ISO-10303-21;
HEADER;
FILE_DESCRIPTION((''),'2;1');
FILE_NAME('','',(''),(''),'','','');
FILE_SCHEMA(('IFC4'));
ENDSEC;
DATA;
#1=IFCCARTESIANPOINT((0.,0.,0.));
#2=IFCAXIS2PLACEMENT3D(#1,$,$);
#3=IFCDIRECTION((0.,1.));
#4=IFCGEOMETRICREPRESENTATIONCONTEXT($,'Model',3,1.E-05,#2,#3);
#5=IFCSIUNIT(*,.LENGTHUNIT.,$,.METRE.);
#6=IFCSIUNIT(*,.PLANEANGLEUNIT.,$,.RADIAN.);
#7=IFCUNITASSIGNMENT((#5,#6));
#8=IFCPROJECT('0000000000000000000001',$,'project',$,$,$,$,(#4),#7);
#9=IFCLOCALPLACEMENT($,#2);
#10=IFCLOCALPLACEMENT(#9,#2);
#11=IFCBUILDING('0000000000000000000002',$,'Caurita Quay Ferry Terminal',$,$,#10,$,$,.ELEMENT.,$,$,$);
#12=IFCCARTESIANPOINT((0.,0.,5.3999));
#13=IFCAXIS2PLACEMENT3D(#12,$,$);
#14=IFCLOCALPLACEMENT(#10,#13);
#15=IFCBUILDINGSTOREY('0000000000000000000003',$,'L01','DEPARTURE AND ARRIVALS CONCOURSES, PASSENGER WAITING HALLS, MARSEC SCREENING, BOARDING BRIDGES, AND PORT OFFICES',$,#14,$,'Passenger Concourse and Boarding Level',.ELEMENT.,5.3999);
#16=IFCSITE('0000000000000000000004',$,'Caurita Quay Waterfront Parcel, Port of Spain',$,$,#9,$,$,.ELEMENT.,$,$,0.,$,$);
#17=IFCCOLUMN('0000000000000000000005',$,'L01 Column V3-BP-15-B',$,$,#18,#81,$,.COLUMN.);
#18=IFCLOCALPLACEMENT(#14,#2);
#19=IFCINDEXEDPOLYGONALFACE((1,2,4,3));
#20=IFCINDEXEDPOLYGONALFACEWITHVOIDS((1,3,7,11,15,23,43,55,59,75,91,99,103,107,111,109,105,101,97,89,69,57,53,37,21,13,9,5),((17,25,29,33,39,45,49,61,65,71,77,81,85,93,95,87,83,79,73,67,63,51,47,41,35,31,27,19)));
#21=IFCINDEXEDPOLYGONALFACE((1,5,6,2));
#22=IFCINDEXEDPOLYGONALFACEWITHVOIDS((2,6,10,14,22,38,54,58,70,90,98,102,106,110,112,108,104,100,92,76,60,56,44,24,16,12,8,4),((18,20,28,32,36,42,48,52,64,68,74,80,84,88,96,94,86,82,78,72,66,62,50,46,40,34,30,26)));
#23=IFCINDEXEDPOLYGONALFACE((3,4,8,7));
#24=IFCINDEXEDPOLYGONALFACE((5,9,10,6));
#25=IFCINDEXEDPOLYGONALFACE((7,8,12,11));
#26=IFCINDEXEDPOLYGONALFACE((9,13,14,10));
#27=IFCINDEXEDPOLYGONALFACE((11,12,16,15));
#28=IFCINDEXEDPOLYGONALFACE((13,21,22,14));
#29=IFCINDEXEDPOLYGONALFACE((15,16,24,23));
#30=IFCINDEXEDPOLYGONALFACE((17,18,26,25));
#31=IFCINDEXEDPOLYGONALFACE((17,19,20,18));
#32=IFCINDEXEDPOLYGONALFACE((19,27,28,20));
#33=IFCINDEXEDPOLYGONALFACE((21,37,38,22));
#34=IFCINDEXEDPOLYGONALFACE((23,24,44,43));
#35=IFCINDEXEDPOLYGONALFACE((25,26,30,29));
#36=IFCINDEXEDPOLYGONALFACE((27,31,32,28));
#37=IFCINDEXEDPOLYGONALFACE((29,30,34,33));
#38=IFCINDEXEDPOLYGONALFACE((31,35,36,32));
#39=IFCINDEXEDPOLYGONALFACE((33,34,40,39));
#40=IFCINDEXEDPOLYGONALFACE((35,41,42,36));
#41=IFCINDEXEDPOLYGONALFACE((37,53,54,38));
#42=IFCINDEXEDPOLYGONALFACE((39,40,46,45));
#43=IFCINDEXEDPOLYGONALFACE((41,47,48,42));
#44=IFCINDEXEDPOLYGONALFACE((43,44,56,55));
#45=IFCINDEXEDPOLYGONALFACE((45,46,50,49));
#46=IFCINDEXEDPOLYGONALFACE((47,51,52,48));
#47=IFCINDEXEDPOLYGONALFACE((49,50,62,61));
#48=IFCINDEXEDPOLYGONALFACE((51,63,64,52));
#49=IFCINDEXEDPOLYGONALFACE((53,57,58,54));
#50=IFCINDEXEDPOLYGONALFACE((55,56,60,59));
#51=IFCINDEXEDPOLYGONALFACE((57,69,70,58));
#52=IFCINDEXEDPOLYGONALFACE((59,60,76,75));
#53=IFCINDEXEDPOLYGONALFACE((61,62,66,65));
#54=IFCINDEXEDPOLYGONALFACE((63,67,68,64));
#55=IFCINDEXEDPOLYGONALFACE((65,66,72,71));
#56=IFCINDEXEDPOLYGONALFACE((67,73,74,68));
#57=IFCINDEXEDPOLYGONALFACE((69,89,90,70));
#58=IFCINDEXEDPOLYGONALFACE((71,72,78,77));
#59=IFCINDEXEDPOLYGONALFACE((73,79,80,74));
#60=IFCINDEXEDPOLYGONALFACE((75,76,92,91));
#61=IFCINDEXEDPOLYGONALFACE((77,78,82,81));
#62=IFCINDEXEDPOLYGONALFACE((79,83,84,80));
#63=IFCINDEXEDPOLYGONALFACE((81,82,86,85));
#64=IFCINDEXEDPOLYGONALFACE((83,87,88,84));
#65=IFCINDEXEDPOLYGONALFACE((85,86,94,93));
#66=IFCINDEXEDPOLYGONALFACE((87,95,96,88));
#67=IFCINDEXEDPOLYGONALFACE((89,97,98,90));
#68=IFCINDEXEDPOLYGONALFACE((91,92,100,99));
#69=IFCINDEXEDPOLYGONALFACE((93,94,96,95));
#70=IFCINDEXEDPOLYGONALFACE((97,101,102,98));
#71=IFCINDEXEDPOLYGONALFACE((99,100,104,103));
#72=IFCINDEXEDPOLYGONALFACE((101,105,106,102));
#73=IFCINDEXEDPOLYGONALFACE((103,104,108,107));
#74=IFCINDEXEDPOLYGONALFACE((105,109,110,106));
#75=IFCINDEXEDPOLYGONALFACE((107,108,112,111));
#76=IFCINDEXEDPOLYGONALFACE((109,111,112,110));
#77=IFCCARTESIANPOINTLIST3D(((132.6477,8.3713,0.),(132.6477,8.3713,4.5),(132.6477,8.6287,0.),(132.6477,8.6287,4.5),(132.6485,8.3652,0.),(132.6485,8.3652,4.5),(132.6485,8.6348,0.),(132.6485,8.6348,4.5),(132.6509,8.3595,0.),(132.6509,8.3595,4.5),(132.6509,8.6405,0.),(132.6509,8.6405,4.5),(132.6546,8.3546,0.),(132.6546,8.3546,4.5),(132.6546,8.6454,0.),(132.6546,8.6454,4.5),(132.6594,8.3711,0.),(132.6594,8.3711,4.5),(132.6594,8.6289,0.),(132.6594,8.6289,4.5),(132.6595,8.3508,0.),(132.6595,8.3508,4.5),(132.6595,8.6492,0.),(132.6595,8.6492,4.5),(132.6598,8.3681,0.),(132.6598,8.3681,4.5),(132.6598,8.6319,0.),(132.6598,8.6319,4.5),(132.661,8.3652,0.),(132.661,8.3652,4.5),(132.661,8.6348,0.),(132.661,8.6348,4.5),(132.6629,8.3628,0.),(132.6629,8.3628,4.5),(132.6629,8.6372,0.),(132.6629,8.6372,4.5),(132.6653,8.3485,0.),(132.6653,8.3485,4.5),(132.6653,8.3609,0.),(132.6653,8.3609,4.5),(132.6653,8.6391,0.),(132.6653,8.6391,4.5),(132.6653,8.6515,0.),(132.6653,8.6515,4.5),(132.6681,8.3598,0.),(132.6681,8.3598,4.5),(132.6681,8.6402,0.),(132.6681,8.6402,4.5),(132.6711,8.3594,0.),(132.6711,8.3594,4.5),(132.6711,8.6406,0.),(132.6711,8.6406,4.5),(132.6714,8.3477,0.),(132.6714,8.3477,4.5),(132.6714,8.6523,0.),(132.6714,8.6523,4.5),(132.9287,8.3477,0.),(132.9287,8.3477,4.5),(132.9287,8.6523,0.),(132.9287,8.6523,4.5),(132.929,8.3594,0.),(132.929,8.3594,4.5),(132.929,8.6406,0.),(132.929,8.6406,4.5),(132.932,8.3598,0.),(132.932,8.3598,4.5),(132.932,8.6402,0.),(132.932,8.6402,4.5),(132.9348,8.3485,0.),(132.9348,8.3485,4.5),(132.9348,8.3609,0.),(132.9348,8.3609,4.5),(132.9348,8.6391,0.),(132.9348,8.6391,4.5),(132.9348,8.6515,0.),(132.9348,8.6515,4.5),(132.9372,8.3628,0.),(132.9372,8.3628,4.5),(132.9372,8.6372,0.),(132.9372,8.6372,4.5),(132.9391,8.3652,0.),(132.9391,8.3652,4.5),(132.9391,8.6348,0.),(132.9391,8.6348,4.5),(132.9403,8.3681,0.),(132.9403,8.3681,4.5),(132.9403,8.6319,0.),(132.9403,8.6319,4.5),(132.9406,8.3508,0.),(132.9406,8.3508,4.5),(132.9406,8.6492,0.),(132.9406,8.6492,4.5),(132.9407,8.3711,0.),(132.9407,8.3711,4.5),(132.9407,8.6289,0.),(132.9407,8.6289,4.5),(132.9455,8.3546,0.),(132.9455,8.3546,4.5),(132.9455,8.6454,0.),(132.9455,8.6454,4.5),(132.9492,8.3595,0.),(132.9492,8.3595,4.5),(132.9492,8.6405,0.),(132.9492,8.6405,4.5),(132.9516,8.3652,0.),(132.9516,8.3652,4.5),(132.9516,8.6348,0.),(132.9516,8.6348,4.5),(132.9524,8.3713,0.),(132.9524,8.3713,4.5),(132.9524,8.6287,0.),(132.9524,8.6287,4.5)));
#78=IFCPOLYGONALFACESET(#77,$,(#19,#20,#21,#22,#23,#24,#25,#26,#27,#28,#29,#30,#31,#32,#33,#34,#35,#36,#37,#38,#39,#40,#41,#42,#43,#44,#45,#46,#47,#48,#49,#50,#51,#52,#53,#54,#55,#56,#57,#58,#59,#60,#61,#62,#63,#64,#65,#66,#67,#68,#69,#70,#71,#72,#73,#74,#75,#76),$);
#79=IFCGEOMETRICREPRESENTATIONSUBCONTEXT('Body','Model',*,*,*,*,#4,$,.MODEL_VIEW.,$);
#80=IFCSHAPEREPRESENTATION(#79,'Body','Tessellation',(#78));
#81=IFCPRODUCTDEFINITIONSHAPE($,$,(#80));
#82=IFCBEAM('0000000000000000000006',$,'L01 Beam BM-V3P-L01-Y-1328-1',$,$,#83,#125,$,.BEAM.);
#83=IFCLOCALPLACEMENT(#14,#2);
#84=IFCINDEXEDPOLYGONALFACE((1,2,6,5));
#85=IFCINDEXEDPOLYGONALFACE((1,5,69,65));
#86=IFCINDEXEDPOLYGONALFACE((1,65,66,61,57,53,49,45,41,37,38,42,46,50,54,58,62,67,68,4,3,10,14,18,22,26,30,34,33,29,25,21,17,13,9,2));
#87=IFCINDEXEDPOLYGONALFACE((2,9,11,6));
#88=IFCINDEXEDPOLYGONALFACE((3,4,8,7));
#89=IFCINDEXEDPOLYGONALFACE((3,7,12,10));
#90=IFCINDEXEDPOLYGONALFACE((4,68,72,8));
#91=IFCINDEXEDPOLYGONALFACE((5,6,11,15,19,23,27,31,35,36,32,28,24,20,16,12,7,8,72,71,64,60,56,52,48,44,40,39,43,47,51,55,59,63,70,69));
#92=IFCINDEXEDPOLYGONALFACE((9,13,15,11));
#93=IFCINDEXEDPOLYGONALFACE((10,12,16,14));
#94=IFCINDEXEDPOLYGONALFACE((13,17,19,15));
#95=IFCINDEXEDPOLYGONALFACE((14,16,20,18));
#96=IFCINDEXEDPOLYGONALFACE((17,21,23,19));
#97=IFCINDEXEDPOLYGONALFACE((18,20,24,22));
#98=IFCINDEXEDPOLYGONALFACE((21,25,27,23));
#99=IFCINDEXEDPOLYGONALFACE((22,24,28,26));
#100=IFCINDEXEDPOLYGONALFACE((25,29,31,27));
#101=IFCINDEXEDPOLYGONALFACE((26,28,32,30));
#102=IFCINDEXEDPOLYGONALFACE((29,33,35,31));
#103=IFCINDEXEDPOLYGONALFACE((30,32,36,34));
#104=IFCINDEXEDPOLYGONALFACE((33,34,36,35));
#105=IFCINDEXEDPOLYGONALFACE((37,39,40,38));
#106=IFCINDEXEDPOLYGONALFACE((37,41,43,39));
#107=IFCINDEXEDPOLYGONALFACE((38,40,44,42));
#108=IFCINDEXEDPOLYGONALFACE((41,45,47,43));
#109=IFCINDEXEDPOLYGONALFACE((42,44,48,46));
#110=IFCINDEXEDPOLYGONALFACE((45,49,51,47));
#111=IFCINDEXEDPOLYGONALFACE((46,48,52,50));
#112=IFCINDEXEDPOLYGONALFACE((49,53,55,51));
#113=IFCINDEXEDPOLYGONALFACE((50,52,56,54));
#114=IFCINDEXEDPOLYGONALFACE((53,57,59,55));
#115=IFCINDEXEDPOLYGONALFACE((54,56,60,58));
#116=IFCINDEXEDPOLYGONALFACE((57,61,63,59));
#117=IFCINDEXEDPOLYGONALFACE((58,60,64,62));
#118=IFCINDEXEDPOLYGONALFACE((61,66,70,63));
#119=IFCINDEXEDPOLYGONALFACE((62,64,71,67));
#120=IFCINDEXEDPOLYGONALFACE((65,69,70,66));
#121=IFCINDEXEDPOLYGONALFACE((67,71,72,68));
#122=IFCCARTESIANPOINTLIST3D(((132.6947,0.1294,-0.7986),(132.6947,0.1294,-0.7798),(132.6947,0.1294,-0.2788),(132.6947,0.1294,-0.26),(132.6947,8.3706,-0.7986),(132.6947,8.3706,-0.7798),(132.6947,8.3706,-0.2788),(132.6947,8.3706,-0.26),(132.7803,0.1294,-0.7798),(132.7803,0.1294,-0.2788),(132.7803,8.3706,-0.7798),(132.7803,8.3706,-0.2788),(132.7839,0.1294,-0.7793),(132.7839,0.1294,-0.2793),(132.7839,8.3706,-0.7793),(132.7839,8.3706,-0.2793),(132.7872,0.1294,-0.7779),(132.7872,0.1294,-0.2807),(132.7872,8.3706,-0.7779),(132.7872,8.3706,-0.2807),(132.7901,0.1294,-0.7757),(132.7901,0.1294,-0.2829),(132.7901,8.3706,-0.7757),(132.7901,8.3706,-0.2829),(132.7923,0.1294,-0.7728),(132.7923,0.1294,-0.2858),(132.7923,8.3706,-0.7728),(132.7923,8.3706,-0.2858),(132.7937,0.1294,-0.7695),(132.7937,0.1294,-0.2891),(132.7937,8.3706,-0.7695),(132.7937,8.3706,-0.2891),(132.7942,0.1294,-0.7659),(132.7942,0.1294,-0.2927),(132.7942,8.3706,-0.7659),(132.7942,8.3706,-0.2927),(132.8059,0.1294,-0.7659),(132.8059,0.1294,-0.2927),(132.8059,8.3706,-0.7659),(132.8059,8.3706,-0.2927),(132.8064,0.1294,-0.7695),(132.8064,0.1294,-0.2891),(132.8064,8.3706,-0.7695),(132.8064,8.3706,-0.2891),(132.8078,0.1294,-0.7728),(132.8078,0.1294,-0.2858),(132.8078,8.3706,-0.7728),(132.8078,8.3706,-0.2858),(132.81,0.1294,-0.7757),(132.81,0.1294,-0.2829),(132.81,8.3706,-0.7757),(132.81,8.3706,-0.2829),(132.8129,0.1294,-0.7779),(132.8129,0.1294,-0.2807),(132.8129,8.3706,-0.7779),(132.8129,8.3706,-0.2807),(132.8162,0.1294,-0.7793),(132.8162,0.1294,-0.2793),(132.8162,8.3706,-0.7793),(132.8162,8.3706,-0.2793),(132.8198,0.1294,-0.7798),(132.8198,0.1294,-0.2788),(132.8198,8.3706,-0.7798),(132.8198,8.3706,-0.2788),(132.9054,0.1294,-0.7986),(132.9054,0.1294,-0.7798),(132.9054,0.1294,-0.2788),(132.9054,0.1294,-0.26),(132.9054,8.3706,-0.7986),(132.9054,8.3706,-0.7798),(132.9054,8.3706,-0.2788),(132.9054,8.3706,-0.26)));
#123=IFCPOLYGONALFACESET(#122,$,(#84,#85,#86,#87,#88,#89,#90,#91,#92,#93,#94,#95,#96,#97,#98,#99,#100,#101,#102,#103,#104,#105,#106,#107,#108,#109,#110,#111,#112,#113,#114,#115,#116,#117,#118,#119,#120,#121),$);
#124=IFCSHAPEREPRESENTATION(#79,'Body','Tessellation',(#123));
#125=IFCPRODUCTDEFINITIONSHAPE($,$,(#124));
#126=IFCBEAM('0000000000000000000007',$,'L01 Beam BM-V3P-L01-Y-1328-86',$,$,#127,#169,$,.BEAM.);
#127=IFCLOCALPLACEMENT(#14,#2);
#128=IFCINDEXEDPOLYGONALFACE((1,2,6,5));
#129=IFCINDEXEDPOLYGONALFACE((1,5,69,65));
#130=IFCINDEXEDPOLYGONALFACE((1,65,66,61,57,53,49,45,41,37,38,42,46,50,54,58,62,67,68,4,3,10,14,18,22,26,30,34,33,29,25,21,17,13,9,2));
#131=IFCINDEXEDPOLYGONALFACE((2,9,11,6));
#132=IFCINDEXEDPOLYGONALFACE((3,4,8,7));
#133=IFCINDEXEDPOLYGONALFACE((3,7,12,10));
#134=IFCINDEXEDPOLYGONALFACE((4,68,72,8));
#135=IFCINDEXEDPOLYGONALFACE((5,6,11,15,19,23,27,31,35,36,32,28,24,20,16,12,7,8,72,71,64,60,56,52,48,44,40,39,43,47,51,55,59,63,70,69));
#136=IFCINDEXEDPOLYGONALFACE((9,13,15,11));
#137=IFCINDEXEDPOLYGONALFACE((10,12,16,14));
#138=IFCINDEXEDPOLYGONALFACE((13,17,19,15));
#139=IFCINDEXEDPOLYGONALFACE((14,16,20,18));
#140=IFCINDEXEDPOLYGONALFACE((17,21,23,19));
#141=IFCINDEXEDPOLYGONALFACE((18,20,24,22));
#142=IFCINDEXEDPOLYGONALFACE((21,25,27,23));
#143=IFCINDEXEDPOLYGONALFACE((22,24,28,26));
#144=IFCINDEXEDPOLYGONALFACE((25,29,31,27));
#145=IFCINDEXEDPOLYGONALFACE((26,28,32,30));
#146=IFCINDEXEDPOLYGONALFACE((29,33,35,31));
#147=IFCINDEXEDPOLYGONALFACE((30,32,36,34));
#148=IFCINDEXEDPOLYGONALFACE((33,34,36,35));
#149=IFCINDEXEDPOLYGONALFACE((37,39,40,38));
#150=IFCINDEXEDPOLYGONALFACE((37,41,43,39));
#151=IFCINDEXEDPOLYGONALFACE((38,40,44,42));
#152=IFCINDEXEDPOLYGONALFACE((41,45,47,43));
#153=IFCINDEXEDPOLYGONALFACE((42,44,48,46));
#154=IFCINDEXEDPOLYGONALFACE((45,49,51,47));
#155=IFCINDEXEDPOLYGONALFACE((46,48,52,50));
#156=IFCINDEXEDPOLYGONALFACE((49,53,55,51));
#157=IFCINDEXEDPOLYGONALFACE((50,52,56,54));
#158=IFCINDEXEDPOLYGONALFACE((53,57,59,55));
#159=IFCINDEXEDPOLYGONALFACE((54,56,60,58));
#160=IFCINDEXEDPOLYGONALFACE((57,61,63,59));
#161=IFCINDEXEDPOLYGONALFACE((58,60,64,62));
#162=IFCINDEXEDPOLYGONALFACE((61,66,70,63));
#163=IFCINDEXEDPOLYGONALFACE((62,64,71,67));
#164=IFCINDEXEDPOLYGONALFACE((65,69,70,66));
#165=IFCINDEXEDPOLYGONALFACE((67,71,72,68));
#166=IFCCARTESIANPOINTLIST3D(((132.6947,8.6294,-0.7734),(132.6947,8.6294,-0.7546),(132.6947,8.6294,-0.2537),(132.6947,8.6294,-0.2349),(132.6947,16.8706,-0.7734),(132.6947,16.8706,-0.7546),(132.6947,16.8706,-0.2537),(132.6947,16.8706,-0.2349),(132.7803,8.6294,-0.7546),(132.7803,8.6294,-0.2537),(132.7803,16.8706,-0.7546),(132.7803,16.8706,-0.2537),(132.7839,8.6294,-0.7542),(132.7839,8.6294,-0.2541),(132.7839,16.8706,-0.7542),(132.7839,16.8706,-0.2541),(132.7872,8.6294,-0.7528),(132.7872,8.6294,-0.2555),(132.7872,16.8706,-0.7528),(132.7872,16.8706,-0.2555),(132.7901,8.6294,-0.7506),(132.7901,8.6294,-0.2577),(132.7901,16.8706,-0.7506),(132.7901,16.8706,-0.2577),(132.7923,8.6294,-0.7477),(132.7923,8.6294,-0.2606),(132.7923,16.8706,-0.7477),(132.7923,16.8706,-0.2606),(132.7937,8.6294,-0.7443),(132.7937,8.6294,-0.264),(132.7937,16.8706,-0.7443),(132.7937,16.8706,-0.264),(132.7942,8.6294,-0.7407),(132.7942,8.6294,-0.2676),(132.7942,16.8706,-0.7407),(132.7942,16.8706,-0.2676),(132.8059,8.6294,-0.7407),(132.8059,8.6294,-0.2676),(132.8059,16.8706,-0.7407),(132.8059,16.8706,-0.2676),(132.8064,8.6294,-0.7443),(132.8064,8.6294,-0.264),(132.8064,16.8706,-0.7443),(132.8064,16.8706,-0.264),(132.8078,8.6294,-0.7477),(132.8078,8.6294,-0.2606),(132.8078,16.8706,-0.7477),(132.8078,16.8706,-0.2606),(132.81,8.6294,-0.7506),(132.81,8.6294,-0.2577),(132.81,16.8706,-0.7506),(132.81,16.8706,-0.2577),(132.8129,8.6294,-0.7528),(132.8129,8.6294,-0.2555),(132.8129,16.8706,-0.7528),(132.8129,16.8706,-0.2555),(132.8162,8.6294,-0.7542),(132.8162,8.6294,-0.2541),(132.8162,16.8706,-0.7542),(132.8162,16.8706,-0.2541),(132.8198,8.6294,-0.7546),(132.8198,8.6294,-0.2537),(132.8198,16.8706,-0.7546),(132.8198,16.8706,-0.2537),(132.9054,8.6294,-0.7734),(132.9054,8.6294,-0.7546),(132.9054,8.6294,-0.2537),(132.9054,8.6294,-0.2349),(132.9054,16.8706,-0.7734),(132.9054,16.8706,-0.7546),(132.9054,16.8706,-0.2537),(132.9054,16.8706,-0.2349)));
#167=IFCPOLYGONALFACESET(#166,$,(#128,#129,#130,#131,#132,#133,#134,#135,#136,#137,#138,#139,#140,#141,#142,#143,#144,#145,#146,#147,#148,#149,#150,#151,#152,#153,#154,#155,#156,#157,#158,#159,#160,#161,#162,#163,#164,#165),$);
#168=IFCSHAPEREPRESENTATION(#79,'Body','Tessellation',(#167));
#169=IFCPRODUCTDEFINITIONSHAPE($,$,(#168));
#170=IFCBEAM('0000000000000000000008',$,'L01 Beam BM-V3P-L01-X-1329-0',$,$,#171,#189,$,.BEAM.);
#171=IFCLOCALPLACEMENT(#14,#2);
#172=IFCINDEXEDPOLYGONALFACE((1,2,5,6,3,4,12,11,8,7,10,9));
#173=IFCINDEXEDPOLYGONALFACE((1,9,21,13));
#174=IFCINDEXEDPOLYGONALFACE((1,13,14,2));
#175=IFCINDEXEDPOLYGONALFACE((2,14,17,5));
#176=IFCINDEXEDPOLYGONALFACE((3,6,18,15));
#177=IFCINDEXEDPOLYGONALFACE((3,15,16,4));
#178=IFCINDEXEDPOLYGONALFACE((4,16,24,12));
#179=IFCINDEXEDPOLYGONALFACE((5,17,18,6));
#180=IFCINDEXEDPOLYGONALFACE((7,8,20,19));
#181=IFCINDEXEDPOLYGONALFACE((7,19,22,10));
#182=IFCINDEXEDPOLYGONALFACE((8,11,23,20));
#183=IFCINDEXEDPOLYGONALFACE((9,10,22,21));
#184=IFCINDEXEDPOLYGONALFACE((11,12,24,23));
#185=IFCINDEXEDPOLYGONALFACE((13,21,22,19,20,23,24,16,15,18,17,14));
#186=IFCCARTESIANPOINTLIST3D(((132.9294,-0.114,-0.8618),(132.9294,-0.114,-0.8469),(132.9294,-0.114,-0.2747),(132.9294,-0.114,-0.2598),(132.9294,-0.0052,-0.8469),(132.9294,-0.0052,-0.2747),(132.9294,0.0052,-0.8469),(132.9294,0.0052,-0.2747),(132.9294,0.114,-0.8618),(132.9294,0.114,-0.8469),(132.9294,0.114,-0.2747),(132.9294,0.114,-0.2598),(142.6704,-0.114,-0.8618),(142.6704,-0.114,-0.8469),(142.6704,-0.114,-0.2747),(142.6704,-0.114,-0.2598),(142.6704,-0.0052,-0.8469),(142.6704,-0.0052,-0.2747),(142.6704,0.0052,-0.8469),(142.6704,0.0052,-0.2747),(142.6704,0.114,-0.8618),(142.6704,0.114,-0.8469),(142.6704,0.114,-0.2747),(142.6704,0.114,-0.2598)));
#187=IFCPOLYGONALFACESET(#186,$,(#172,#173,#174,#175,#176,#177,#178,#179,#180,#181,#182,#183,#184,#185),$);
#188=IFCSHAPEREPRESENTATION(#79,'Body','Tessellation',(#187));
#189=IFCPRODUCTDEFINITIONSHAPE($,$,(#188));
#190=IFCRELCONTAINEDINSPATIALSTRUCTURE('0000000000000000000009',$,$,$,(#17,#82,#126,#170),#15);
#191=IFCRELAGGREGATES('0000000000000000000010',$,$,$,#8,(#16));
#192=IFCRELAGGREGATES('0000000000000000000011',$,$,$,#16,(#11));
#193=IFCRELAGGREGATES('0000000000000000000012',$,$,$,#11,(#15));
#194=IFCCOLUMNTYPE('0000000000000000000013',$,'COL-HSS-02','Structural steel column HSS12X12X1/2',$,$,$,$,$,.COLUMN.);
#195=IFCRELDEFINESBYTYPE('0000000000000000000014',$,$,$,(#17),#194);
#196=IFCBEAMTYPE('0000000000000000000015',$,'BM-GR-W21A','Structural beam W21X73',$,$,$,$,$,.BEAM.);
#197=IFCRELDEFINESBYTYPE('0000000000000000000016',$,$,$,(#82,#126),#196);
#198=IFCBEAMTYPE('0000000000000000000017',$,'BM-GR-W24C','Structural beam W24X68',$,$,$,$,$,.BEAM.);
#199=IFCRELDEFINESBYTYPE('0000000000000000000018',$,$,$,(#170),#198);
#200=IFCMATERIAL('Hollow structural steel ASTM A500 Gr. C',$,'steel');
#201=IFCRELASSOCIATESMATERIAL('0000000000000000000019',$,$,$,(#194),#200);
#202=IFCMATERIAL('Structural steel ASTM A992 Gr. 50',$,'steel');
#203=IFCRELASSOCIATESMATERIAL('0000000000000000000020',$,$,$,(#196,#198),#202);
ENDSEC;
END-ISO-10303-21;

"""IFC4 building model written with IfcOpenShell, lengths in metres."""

from ifc_helpers import new_model, si_unit, direction, frame, origin, origin_2d, place, context, subcontext, project, spatial, hollow_rectangle, i_section, extrude, material, material_profile, profile_set, type_object, element, save


model = new_model("IFC4")

# Units and contexts
model_context = context("Model", 3, precision=1e-05, world=origin(), true_north=direction((0.0, 1.0)))
body_context = subcontext(model_context, "Body", "Model", "MODEL_VIEW")
ifc_project = project(units=[si_unit("LENGTHUNIT", "METRE"), si_unit("PLANEANGLEUNIT", "RADIAN")], contexts=[model_context])

# Site, building, storey
site_placement = place(None, origin())
site = spatial("IfcSite", under=ifc_project, at=site_placement, Name="Caurita Quay Waterfront Parcel, Port of Spain", CompositionType="ELEMENT", RefElevation=0.0)
building_placement = place(site_placement, origin())
building = spatial("IfcBuilding", under=site, at=building_placement, Name="Caurita Quay Ferry Terminal", CompositionType="ELEMENT")
storey_placement = place(building_placement, frame((0.0, 0.0, 5.3999)))
storey = spatial("IfcBuildingStorey", under=building, at=storey_placement, Name="L01", Description="DEPARTURE AND ARRIVALS CONCOURSES, PASSENGER WAITING HALLS, MARSEC SCREENING, BOARDING BRIDGES, AND PORT OFFICES", LongName="Passenger Concourse and Boarding Level", CompositionType="ELEMENT", Elevation=5.3999)

# Column
ifc_material_1 = material(Name="Hollow structural steel ASTM A500 Gr. C", Category="steel")
ifc_material_profile_1 = material_profile(ifc_material_1, hollow_rectangle(XDim=0.3047, YDim=0.3047, WallThickness=0.0117, InnerFilletRadius=0.0117, OuterFilletRadius=0.0237, at=origin_2d()), Name="HSS12X12X1/2")
ifc_profile_set_1 = profile_set([ifc_material_profile_1], Name="Hollow structural steel ASTM A500 Gr. C")
column_type = type_object("IfcColumnType", Name="COL-HSS-02", Description="Structural steel column HSS12X12X1/2", PredefinedType="COLUMN", material=ifc_profile_set_1)
column_placement = place(storey_placement, frame((132.8, 8.5, 0.0), z_axis=(0.0, 0.0, 1.0), x_axis=(1.0, 0.0, 0.0)))
element("IfcColumn", 1, at=column_placement, inside=storey, type_object=column_type, Name="L01 Column V3-BP-15-B", PredefinedType="COLUMN", context=body_context, shape_type="SweptSolid", body=[
    extrude(hollow_rectangle(XDim=0.3047, YDim=0.3047, WallThickness=0.0117, InnerFilletRadius=0.0117, OuterFilletRadius=0.0237, at=origin_2d()), origin(), (0.0, 0.0, 1.0), 4.5),
])

# Beams
ifc_material_2 = material(Name="Structural steel ASTM A992 Gr. 50", Category="steel")
ifc_material_profile_2 = material_profile(ifc_material_2, i_section(OverallWidth=0.2107, OverallDepth=0.5386, WebThickness=0.0117, FlangeThickness=0.0188, FilletRadius=0.0139, at=origin_2d()), Name="W21X73")
ifc_profile_set_2 = profile_set([ifc_material_profile_2], Name="Structural steel ASTM A992 Gr. 50")
beam_type_1 = type_object("IfcBeamType", Name="BM-GR-W21A", Description="Structural beam W21X73", PredefinedType="BEAM", material=ifc_profile_set_2)
for number, where, z_axis, x_axis, name in (
    (2, (132.8, 0.1294, -0.5293), (0.0, 1.0, 0.0), (-1.0, 0.0, 0.0), "L01 Beam BM-V3P-L01-Y-1328-1"),
    (3, (132.8, 8.6294, -0.5042), (0.0, 1.0, 0.0), (-1.0, 0.0, 0.0), "L01 Beam BM-V3P-L01-Y-1328-86"),
):
    element("IfcBeam", number, at=place(storey_placement, frame(where, z_axis=z_axis, x_axis=x_axis)), inside=storey, type_object=beam_type_1, Name=name, PredefinedType="BEAM", context=body_context, shape_type="SweptSolid", body=[
        extrude(i_section(OverallWidth=0.2107, OverallDepth=0.5386, WebThickness=0.0117, FlangeThickness=0.0188, FilletRadius=0.0139, at=origin_2d()), origin(), (0.0, 0.0, 1.0), 8.2412),
    ])
ifc_material_profile_3 = material_profile(ifc_material_2, i_section(OverallWidth=0.228, OverallDepth=0.6021, WebThickness=0.0105, FlangeThickness=0.0149, at=origin_2d()), Name="W24X68")
ifc_profile_set_3 = profile_set([ifc_material_profile_3], Name="Structural steel ASTM A992 Gr. 50")
beam_type_2 = type_object("IfcBeamType", Name="BM-GR-W24C", Description="Structural beam W24X68", PredefinedType="BEAM", material=ifc_profile_set_3)
for number, where, z_axis, x_axis, name in (
    (4, (132.9294, 0.0, -0.5608), (1.0, 0.0, 0.0), (0.0, 1.0, 0.0), "L01 Beam BM-V3P-L01-X-1329-0"),
):
    element("IfcBeam", number, at=place(storey_placement, frame(where, z_axis=z_axis, x_axis=x_axis)), inside=storey, type_object=beam_type_2, Name=name, PredefinedType="BEAM", context=body_context, shape_type="SweptSolid", body=[
        extrude(i_section(OverallWidth=0.228, OverallDepth=0.6021, WebThickness=0.0105, FlangeThickness=0.0149, at=origin_2d()), origin(), (0.0, 0.0, 1.0), 9.741),
    ])

save(model, "model.ifc")
